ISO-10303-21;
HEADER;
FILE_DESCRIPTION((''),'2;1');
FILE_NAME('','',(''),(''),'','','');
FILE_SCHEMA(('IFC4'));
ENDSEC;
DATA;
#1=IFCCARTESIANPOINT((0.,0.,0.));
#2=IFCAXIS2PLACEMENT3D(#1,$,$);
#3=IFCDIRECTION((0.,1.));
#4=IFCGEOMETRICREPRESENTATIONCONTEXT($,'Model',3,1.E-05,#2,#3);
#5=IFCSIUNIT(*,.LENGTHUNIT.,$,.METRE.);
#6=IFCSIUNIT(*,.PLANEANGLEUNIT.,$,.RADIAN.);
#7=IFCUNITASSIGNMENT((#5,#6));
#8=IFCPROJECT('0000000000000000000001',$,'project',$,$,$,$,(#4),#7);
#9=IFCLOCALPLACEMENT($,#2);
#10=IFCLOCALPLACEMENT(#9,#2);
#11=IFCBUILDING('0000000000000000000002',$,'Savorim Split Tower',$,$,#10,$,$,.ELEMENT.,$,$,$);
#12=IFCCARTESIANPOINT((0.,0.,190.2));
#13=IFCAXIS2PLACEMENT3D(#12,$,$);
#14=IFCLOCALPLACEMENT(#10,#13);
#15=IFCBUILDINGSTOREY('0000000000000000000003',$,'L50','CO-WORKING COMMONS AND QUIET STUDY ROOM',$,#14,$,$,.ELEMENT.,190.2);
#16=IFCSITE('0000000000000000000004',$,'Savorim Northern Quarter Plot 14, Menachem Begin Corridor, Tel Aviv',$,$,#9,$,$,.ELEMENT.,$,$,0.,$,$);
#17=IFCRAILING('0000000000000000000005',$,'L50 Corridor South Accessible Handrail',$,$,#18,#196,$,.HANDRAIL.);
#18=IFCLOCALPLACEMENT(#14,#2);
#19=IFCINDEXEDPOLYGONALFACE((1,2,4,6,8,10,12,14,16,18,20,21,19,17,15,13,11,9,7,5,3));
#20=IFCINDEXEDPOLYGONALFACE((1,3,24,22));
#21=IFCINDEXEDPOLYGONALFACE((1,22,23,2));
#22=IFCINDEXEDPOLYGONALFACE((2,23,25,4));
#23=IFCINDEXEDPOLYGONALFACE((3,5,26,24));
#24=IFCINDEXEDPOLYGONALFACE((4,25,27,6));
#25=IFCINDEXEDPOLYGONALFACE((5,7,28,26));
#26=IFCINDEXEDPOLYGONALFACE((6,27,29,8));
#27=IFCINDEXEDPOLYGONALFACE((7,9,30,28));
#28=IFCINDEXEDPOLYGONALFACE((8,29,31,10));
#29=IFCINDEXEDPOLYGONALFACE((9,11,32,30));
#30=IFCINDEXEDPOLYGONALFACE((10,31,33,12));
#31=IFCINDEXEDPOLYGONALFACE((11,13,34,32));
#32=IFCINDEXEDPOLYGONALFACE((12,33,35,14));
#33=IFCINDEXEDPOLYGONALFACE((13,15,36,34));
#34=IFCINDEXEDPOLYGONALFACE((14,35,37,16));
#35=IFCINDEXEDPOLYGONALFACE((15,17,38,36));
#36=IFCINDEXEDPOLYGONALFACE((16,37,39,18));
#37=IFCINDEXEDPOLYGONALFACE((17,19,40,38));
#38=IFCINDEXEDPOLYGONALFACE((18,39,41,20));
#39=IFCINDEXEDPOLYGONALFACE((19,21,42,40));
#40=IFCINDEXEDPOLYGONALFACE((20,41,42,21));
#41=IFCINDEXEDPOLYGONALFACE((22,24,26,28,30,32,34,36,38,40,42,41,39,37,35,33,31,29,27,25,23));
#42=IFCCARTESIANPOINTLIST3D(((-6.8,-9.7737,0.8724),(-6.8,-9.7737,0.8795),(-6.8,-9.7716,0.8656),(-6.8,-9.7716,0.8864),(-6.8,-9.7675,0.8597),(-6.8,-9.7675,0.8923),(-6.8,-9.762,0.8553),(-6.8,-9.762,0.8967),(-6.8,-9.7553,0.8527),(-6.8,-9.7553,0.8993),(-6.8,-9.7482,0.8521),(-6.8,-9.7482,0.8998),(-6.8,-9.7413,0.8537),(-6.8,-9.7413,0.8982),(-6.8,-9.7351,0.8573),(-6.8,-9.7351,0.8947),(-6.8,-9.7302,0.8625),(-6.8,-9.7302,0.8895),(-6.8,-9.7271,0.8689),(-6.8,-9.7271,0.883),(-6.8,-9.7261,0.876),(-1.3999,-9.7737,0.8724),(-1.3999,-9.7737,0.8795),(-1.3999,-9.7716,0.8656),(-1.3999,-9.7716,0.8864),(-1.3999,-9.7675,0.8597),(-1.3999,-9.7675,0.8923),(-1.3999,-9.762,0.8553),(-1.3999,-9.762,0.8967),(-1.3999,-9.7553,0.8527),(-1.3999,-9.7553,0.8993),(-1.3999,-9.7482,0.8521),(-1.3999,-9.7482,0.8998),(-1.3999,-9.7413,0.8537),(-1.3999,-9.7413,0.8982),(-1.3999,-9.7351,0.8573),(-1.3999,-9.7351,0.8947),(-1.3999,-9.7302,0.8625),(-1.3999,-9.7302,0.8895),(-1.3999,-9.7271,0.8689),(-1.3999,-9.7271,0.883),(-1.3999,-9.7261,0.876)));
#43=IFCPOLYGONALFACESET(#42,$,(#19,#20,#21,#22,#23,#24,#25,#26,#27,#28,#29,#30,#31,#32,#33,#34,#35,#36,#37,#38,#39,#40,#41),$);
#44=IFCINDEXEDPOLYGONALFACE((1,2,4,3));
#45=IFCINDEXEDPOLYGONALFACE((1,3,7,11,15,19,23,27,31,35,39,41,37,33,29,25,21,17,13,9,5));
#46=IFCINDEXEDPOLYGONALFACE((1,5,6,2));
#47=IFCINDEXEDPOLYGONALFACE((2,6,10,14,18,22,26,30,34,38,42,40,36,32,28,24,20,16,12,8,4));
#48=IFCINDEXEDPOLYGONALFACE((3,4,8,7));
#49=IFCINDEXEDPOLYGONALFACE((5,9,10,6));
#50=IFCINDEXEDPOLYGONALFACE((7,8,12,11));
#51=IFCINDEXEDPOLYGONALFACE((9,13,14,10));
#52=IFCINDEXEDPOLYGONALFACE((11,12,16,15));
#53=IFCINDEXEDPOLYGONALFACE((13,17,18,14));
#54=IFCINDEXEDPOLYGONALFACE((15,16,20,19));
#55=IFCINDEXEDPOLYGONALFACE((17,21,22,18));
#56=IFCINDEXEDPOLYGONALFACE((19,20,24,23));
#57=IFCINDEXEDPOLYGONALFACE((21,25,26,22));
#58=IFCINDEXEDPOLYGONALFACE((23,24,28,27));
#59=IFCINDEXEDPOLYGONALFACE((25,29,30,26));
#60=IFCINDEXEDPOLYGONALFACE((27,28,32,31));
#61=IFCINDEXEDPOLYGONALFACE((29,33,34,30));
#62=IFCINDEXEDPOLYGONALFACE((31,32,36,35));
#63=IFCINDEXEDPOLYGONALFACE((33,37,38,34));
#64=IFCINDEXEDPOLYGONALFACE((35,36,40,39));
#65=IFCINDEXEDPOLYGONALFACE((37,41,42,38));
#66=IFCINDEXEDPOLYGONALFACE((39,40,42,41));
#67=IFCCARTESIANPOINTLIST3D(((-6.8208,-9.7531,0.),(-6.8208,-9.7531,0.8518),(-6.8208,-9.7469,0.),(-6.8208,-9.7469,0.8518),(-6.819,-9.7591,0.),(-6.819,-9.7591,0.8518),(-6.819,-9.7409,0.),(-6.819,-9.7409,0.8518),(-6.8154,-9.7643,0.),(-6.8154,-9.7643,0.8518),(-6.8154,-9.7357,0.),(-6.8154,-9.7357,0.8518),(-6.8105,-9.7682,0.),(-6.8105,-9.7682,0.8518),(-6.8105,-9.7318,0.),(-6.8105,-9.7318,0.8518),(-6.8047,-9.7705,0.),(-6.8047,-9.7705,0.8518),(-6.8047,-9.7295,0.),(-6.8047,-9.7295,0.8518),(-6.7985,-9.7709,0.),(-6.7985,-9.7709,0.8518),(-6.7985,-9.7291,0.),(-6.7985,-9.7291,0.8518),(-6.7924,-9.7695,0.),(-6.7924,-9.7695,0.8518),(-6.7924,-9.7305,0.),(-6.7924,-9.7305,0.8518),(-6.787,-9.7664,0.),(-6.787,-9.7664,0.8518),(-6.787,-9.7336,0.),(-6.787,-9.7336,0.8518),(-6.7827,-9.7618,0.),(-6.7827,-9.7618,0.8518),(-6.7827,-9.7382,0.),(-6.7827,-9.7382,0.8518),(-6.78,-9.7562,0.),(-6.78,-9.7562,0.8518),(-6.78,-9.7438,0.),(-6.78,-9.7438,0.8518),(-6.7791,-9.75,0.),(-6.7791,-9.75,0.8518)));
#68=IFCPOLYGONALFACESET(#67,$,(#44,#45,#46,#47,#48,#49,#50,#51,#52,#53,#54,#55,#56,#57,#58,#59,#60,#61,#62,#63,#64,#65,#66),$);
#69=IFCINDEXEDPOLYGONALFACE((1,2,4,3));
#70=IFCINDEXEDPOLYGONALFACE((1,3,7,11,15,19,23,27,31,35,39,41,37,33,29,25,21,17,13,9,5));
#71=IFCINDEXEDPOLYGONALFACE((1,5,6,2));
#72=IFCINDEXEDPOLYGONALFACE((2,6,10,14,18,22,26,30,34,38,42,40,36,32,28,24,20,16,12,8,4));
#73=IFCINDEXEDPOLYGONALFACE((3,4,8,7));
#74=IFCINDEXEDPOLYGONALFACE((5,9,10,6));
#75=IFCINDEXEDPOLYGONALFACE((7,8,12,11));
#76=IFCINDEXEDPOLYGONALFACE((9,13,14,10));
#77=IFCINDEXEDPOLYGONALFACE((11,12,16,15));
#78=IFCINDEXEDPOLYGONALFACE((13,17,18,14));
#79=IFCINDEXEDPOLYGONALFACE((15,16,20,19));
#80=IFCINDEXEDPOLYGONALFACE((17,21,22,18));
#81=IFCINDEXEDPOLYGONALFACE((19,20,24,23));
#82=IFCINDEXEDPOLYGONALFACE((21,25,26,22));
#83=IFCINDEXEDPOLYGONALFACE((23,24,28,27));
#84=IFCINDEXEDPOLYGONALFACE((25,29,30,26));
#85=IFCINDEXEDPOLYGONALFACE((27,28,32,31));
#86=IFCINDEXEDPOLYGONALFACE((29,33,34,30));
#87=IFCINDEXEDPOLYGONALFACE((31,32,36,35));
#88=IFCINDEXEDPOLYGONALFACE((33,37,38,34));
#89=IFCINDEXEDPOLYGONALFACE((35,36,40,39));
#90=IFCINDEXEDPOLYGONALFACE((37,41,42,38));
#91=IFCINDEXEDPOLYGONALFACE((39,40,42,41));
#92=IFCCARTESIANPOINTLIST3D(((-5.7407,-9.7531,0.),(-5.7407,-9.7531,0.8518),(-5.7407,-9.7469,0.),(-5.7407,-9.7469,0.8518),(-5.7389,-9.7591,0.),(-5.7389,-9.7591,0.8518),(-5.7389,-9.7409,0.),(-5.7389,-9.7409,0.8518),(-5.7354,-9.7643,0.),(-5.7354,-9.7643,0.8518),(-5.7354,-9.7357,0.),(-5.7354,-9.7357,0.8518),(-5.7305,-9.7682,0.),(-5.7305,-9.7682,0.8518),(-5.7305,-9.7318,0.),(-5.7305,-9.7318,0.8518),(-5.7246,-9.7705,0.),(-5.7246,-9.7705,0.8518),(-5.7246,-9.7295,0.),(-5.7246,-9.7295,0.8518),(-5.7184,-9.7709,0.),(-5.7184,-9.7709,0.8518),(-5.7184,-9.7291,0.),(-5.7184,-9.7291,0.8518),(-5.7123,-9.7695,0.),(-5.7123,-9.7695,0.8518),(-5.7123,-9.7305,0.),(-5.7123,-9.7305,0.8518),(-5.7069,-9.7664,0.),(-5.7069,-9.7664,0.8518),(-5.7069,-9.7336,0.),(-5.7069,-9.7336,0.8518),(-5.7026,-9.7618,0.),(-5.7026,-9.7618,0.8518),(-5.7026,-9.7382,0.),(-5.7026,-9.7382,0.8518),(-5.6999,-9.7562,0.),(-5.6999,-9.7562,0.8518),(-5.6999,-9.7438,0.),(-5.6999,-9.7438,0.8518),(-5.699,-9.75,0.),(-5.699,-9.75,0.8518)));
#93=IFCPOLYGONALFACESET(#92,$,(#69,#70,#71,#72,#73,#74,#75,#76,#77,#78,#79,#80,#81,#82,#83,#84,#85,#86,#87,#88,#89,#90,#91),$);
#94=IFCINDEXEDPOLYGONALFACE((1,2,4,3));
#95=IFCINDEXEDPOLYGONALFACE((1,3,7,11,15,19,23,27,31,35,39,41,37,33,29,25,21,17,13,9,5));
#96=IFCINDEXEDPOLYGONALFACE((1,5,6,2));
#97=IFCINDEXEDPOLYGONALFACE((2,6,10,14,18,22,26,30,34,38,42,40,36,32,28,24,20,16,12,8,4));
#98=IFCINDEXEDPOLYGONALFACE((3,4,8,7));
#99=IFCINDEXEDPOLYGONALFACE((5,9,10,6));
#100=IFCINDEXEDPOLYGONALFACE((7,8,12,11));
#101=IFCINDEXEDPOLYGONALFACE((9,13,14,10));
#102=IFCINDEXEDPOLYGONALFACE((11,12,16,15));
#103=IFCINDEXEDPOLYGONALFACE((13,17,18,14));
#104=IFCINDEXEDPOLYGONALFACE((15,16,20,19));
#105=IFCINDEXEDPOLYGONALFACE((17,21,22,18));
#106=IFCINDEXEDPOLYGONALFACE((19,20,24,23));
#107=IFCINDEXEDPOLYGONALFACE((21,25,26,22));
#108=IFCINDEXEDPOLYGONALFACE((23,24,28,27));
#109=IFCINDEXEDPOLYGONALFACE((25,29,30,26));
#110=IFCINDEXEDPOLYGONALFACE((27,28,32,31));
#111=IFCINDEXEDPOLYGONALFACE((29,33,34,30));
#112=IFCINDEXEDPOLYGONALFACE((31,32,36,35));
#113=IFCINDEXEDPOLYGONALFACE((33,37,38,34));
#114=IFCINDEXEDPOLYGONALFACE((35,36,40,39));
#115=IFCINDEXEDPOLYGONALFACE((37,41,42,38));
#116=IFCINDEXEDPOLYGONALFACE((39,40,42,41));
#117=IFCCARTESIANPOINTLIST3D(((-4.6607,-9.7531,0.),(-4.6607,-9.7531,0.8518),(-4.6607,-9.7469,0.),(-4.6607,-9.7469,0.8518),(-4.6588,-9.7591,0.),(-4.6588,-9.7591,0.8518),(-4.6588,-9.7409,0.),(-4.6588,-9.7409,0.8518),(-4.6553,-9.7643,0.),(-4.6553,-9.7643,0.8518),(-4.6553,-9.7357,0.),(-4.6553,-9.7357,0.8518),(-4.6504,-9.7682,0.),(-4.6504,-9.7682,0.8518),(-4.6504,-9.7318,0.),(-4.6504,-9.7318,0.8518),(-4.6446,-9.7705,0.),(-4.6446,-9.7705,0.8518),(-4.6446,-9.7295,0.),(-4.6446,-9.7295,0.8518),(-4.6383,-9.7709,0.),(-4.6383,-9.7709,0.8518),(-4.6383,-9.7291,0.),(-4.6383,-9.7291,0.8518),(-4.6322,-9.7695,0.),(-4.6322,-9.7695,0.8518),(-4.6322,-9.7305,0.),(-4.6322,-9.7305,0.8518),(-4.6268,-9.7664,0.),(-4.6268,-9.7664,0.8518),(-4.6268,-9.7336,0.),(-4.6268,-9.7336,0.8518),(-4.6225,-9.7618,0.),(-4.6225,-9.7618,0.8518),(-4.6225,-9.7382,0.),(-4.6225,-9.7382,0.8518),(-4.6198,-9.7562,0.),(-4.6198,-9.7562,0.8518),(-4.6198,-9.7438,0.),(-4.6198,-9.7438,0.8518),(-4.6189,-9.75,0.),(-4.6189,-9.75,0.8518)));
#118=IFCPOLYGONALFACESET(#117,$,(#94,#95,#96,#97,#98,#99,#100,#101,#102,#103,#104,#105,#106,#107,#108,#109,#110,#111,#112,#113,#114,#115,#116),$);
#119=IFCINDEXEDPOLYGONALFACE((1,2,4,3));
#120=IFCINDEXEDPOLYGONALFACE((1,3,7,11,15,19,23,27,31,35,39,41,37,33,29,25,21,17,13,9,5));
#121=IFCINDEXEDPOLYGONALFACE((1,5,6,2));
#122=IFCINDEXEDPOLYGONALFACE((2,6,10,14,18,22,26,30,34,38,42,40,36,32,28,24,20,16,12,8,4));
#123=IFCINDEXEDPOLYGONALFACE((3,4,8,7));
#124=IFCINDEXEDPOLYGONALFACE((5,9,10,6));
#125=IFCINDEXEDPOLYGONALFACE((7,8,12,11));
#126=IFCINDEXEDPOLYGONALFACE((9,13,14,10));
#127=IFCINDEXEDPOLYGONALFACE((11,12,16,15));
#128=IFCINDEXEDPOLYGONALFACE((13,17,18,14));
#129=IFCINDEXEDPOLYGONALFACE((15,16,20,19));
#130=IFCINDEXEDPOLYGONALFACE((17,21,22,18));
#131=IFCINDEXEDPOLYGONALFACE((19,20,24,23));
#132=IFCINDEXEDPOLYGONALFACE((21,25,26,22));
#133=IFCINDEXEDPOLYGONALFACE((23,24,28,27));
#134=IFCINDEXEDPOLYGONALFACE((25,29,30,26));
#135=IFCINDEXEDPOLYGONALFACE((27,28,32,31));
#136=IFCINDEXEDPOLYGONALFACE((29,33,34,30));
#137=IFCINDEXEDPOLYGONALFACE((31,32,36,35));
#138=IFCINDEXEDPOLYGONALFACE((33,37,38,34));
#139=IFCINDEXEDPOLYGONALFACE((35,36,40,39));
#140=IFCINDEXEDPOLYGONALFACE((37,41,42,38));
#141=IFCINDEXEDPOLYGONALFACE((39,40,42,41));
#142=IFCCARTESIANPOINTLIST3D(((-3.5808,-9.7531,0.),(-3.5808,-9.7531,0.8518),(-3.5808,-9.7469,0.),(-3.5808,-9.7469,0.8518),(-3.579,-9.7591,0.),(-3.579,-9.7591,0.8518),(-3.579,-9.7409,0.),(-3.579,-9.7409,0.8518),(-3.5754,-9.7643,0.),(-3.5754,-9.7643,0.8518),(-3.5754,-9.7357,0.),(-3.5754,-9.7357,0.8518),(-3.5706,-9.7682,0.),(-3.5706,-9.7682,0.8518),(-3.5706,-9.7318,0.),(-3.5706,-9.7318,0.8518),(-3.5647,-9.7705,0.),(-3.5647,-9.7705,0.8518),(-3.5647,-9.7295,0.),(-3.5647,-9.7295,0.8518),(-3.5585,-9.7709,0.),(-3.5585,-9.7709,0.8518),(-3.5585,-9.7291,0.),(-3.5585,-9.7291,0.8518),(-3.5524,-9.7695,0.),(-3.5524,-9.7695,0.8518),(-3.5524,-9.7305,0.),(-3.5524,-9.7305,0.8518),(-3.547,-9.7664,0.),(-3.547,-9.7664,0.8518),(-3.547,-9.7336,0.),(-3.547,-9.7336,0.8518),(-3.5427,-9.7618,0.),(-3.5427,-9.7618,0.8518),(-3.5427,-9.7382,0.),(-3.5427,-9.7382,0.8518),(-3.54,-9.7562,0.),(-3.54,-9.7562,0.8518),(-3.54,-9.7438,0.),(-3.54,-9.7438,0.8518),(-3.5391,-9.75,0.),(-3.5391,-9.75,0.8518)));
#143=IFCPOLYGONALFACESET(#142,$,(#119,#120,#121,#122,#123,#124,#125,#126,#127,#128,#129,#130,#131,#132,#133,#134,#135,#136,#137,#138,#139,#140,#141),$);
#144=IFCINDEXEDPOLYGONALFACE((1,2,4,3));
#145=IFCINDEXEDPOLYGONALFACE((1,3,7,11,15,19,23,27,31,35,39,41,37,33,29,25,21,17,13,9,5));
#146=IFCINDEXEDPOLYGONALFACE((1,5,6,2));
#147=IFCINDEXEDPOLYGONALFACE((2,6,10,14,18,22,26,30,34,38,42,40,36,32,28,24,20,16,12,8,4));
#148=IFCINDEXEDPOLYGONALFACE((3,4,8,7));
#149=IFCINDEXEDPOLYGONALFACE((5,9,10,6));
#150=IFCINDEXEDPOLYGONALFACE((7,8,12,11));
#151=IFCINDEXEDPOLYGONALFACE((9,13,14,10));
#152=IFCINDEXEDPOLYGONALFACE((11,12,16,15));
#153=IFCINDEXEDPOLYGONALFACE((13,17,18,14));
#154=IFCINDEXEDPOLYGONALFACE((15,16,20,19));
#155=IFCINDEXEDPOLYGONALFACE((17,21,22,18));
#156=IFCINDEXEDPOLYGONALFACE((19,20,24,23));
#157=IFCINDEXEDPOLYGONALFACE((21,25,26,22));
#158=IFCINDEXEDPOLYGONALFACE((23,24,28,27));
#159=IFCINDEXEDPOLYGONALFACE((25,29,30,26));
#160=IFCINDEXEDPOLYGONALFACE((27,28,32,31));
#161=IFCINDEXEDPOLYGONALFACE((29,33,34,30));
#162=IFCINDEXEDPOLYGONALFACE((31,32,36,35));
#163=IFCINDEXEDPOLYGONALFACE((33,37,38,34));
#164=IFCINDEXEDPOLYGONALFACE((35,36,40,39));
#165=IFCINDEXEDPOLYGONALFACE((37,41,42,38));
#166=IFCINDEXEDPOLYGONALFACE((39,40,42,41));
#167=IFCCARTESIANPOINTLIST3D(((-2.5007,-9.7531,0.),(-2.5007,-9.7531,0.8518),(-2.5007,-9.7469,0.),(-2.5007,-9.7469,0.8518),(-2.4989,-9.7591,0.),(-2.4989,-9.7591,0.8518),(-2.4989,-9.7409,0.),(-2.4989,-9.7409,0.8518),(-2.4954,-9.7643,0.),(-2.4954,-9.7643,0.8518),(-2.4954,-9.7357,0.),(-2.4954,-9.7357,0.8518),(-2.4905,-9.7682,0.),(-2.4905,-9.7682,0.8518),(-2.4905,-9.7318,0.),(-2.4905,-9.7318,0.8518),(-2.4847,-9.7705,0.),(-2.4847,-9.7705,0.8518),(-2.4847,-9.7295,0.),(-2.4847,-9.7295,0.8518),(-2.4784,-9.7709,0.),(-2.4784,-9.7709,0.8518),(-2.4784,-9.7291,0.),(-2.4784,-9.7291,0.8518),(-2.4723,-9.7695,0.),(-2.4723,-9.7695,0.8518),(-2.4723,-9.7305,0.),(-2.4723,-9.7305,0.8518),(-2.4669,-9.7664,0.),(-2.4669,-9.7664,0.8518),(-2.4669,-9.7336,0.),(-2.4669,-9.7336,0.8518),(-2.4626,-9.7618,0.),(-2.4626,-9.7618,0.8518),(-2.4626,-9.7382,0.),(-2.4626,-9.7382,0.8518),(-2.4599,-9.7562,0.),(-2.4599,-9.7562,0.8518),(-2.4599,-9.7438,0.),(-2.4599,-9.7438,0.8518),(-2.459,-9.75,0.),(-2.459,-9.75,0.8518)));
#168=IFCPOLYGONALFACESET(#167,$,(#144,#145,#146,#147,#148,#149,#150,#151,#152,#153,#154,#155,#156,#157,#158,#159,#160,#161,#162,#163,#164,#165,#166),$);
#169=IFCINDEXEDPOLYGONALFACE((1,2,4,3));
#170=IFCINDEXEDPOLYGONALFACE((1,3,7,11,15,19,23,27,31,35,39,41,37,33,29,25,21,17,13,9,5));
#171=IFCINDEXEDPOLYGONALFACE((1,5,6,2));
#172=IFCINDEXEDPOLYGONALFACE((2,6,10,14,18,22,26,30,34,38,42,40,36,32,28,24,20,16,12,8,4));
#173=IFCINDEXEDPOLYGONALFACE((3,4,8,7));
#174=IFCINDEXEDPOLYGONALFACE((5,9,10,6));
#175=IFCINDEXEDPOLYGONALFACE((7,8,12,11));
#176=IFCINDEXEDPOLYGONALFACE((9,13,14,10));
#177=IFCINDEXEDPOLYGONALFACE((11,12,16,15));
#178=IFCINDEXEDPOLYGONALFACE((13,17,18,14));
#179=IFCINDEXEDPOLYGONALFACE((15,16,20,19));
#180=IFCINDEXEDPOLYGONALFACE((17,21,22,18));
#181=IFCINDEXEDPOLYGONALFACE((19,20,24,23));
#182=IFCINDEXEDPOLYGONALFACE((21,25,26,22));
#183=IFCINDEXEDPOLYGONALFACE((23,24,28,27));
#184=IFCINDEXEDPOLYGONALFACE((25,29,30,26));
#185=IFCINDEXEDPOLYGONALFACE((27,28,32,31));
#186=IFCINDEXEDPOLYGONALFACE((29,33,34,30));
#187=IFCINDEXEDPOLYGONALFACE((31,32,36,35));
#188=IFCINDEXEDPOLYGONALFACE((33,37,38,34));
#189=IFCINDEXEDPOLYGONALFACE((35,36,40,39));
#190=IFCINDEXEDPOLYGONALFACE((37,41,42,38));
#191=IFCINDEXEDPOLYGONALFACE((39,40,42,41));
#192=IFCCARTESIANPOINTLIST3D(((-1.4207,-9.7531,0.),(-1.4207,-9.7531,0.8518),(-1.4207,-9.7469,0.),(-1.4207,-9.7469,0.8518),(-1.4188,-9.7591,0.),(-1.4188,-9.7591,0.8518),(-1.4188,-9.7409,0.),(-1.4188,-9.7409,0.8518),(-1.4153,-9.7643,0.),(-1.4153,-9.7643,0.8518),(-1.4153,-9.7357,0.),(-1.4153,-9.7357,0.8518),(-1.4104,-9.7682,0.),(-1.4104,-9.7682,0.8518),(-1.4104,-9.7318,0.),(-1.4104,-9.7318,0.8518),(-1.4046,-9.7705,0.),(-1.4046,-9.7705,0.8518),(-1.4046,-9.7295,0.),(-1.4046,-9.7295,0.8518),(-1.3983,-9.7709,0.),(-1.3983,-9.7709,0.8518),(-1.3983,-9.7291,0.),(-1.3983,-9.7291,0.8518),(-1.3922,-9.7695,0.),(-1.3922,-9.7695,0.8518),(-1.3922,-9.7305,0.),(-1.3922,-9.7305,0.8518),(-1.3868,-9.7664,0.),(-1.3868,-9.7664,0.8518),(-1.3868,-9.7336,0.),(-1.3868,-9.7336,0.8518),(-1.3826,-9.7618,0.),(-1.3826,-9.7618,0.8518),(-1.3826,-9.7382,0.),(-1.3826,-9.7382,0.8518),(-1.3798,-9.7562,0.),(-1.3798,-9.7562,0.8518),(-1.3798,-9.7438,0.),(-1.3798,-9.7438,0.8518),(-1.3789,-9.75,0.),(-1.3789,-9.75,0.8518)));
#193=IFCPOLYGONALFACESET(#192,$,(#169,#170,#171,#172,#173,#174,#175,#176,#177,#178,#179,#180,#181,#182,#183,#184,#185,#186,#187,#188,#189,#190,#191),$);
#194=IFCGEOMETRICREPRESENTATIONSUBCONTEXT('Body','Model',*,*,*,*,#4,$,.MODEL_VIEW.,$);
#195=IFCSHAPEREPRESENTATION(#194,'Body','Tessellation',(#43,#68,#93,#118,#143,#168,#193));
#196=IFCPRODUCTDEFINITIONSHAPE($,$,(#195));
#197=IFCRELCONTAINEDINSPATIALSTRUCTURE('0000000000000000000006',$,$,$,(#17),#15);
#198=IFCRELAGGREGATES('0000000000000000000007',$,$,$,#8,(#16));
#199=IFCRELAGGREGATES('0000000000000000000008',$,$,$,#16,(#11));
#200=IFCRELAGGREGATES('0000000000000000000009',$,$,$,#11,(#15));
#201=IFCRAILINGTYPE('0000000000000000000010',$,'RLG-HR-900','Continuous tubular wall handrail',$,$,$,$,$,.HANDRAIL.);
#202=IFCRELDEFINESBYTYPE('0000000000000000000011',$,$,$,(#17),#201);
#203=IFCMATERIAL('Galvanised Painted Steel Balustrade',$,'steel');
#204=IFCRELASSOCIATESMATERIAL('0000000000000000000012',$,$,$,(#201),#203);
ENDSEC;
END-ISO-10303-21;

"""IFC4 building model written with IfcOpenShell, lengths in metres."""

from ifc_helpers import new_model, si_unit, direction, frame, origin, origin_2d, place, context, subcontext, project, spatial, circle, extrude, material, type_object, element, save


model = new_model("IFC4")

# Units and contexts
model_context = context("Model", 3, precision=1e-05, world=origin(), true_north=direction((0.0, 1.0)))
body_context = subcontext(model_context, "Body", "Model", "MODEL_VIEW")
ifc_project = project(units=[si_unit("LENGTHUNIT", "METRE"), si_unit("PLANEANGLEUNIT", "RADIAN")], contexts=[model_context])

# Site, building, storey
site_placement = place(None, origin())
site = spatial("IfcSite", under=ifc_project, at=site_placement, Name="Savorim Northern Quarter Plot 14, Menachem Begin Corridor, Tel Aviv", CompositionType="ELEMENT", RefElevation=0.0)
building_placement = place(site_placement, origin())
building = spatial("IfcBuilding", under=site, at=building_placement, Name="Savorim Split Tower", CompositionType="ELEMENT")
storey_placement = place(building_placement, frame((0.0, 0.0, 190.2)))
storey = spatial("IfcBuildingStorey", under=building, at=storey_placement, Name="L50", Description="CO-WORKING COMMONS AND QUIET STUDY ROOM", CompositionType="ELEMENT", Elevation=190.2)

# Railing
ifc_material_1 = material(Name="Galvanised Painted Steel Balustrade", Category="steel")
railing_type_1 = type_object("IfcRailingType", Name="RLG-HR-900", Description="Continuous tubular wall handrail", PredefinedType="HANDRAIL", material=ifc_material_1)
railing_1_placement = place(storey_placement, frame((-6.8, -9.75, 0.0)))
element("IfcRailing", 1, at=railing_1_placement, inside=storey, type_object=railing_type_1, Name="L50 Corridor South Accessible Handrail", PredefinedType="HANDRAIL", context=body_context, shape_type="SweptSolid", body=[
    extrude(circle(Radius=0.0239, at=origin_2d()), frame((0.0, 0.0, 0.876), z_axis=(1.0, 0.0, 0.0), x_axis=(0.0, 1.0, 0.0)), (0.0, 0.0, 1.0), 5.4001),
    extrude(circle(Radius=0.021, at=origin_2d()), origin(), (0.0, 0.0, 1.0), 0.8518),
    extrude(circle(Radius=0.021, at=origin_2d()), frame((1.0801, 0.0, 0.0)), (0.0, 0.0, 1.0), 0.8518),
    extrude(circle(Radius=0.021, at=origin_2d()), frame((2.1602, 0.0, 0.0)), (0.0, 0.0, 1.0), 0.8518),
    extrude(circle(Radius=0.021, at=origin_2d()), frame((3.24, 0.0, 0.0)), (0.0, 0.0, 1.0), 0.8518),
    extrude(circle(Radius=0.021, at=origin_2d()), frame((4.3201, 0.0, 0.0)), (0.0, 0.0, 1.0), 0.8518),
    extrude(circle(Radius=0.021, at=origin_2d()), frame((5.4001, 0.0, 0.0)), (0.0, 0.0, 1.0), 0.8518),
])

save(model, "model.ifc")
